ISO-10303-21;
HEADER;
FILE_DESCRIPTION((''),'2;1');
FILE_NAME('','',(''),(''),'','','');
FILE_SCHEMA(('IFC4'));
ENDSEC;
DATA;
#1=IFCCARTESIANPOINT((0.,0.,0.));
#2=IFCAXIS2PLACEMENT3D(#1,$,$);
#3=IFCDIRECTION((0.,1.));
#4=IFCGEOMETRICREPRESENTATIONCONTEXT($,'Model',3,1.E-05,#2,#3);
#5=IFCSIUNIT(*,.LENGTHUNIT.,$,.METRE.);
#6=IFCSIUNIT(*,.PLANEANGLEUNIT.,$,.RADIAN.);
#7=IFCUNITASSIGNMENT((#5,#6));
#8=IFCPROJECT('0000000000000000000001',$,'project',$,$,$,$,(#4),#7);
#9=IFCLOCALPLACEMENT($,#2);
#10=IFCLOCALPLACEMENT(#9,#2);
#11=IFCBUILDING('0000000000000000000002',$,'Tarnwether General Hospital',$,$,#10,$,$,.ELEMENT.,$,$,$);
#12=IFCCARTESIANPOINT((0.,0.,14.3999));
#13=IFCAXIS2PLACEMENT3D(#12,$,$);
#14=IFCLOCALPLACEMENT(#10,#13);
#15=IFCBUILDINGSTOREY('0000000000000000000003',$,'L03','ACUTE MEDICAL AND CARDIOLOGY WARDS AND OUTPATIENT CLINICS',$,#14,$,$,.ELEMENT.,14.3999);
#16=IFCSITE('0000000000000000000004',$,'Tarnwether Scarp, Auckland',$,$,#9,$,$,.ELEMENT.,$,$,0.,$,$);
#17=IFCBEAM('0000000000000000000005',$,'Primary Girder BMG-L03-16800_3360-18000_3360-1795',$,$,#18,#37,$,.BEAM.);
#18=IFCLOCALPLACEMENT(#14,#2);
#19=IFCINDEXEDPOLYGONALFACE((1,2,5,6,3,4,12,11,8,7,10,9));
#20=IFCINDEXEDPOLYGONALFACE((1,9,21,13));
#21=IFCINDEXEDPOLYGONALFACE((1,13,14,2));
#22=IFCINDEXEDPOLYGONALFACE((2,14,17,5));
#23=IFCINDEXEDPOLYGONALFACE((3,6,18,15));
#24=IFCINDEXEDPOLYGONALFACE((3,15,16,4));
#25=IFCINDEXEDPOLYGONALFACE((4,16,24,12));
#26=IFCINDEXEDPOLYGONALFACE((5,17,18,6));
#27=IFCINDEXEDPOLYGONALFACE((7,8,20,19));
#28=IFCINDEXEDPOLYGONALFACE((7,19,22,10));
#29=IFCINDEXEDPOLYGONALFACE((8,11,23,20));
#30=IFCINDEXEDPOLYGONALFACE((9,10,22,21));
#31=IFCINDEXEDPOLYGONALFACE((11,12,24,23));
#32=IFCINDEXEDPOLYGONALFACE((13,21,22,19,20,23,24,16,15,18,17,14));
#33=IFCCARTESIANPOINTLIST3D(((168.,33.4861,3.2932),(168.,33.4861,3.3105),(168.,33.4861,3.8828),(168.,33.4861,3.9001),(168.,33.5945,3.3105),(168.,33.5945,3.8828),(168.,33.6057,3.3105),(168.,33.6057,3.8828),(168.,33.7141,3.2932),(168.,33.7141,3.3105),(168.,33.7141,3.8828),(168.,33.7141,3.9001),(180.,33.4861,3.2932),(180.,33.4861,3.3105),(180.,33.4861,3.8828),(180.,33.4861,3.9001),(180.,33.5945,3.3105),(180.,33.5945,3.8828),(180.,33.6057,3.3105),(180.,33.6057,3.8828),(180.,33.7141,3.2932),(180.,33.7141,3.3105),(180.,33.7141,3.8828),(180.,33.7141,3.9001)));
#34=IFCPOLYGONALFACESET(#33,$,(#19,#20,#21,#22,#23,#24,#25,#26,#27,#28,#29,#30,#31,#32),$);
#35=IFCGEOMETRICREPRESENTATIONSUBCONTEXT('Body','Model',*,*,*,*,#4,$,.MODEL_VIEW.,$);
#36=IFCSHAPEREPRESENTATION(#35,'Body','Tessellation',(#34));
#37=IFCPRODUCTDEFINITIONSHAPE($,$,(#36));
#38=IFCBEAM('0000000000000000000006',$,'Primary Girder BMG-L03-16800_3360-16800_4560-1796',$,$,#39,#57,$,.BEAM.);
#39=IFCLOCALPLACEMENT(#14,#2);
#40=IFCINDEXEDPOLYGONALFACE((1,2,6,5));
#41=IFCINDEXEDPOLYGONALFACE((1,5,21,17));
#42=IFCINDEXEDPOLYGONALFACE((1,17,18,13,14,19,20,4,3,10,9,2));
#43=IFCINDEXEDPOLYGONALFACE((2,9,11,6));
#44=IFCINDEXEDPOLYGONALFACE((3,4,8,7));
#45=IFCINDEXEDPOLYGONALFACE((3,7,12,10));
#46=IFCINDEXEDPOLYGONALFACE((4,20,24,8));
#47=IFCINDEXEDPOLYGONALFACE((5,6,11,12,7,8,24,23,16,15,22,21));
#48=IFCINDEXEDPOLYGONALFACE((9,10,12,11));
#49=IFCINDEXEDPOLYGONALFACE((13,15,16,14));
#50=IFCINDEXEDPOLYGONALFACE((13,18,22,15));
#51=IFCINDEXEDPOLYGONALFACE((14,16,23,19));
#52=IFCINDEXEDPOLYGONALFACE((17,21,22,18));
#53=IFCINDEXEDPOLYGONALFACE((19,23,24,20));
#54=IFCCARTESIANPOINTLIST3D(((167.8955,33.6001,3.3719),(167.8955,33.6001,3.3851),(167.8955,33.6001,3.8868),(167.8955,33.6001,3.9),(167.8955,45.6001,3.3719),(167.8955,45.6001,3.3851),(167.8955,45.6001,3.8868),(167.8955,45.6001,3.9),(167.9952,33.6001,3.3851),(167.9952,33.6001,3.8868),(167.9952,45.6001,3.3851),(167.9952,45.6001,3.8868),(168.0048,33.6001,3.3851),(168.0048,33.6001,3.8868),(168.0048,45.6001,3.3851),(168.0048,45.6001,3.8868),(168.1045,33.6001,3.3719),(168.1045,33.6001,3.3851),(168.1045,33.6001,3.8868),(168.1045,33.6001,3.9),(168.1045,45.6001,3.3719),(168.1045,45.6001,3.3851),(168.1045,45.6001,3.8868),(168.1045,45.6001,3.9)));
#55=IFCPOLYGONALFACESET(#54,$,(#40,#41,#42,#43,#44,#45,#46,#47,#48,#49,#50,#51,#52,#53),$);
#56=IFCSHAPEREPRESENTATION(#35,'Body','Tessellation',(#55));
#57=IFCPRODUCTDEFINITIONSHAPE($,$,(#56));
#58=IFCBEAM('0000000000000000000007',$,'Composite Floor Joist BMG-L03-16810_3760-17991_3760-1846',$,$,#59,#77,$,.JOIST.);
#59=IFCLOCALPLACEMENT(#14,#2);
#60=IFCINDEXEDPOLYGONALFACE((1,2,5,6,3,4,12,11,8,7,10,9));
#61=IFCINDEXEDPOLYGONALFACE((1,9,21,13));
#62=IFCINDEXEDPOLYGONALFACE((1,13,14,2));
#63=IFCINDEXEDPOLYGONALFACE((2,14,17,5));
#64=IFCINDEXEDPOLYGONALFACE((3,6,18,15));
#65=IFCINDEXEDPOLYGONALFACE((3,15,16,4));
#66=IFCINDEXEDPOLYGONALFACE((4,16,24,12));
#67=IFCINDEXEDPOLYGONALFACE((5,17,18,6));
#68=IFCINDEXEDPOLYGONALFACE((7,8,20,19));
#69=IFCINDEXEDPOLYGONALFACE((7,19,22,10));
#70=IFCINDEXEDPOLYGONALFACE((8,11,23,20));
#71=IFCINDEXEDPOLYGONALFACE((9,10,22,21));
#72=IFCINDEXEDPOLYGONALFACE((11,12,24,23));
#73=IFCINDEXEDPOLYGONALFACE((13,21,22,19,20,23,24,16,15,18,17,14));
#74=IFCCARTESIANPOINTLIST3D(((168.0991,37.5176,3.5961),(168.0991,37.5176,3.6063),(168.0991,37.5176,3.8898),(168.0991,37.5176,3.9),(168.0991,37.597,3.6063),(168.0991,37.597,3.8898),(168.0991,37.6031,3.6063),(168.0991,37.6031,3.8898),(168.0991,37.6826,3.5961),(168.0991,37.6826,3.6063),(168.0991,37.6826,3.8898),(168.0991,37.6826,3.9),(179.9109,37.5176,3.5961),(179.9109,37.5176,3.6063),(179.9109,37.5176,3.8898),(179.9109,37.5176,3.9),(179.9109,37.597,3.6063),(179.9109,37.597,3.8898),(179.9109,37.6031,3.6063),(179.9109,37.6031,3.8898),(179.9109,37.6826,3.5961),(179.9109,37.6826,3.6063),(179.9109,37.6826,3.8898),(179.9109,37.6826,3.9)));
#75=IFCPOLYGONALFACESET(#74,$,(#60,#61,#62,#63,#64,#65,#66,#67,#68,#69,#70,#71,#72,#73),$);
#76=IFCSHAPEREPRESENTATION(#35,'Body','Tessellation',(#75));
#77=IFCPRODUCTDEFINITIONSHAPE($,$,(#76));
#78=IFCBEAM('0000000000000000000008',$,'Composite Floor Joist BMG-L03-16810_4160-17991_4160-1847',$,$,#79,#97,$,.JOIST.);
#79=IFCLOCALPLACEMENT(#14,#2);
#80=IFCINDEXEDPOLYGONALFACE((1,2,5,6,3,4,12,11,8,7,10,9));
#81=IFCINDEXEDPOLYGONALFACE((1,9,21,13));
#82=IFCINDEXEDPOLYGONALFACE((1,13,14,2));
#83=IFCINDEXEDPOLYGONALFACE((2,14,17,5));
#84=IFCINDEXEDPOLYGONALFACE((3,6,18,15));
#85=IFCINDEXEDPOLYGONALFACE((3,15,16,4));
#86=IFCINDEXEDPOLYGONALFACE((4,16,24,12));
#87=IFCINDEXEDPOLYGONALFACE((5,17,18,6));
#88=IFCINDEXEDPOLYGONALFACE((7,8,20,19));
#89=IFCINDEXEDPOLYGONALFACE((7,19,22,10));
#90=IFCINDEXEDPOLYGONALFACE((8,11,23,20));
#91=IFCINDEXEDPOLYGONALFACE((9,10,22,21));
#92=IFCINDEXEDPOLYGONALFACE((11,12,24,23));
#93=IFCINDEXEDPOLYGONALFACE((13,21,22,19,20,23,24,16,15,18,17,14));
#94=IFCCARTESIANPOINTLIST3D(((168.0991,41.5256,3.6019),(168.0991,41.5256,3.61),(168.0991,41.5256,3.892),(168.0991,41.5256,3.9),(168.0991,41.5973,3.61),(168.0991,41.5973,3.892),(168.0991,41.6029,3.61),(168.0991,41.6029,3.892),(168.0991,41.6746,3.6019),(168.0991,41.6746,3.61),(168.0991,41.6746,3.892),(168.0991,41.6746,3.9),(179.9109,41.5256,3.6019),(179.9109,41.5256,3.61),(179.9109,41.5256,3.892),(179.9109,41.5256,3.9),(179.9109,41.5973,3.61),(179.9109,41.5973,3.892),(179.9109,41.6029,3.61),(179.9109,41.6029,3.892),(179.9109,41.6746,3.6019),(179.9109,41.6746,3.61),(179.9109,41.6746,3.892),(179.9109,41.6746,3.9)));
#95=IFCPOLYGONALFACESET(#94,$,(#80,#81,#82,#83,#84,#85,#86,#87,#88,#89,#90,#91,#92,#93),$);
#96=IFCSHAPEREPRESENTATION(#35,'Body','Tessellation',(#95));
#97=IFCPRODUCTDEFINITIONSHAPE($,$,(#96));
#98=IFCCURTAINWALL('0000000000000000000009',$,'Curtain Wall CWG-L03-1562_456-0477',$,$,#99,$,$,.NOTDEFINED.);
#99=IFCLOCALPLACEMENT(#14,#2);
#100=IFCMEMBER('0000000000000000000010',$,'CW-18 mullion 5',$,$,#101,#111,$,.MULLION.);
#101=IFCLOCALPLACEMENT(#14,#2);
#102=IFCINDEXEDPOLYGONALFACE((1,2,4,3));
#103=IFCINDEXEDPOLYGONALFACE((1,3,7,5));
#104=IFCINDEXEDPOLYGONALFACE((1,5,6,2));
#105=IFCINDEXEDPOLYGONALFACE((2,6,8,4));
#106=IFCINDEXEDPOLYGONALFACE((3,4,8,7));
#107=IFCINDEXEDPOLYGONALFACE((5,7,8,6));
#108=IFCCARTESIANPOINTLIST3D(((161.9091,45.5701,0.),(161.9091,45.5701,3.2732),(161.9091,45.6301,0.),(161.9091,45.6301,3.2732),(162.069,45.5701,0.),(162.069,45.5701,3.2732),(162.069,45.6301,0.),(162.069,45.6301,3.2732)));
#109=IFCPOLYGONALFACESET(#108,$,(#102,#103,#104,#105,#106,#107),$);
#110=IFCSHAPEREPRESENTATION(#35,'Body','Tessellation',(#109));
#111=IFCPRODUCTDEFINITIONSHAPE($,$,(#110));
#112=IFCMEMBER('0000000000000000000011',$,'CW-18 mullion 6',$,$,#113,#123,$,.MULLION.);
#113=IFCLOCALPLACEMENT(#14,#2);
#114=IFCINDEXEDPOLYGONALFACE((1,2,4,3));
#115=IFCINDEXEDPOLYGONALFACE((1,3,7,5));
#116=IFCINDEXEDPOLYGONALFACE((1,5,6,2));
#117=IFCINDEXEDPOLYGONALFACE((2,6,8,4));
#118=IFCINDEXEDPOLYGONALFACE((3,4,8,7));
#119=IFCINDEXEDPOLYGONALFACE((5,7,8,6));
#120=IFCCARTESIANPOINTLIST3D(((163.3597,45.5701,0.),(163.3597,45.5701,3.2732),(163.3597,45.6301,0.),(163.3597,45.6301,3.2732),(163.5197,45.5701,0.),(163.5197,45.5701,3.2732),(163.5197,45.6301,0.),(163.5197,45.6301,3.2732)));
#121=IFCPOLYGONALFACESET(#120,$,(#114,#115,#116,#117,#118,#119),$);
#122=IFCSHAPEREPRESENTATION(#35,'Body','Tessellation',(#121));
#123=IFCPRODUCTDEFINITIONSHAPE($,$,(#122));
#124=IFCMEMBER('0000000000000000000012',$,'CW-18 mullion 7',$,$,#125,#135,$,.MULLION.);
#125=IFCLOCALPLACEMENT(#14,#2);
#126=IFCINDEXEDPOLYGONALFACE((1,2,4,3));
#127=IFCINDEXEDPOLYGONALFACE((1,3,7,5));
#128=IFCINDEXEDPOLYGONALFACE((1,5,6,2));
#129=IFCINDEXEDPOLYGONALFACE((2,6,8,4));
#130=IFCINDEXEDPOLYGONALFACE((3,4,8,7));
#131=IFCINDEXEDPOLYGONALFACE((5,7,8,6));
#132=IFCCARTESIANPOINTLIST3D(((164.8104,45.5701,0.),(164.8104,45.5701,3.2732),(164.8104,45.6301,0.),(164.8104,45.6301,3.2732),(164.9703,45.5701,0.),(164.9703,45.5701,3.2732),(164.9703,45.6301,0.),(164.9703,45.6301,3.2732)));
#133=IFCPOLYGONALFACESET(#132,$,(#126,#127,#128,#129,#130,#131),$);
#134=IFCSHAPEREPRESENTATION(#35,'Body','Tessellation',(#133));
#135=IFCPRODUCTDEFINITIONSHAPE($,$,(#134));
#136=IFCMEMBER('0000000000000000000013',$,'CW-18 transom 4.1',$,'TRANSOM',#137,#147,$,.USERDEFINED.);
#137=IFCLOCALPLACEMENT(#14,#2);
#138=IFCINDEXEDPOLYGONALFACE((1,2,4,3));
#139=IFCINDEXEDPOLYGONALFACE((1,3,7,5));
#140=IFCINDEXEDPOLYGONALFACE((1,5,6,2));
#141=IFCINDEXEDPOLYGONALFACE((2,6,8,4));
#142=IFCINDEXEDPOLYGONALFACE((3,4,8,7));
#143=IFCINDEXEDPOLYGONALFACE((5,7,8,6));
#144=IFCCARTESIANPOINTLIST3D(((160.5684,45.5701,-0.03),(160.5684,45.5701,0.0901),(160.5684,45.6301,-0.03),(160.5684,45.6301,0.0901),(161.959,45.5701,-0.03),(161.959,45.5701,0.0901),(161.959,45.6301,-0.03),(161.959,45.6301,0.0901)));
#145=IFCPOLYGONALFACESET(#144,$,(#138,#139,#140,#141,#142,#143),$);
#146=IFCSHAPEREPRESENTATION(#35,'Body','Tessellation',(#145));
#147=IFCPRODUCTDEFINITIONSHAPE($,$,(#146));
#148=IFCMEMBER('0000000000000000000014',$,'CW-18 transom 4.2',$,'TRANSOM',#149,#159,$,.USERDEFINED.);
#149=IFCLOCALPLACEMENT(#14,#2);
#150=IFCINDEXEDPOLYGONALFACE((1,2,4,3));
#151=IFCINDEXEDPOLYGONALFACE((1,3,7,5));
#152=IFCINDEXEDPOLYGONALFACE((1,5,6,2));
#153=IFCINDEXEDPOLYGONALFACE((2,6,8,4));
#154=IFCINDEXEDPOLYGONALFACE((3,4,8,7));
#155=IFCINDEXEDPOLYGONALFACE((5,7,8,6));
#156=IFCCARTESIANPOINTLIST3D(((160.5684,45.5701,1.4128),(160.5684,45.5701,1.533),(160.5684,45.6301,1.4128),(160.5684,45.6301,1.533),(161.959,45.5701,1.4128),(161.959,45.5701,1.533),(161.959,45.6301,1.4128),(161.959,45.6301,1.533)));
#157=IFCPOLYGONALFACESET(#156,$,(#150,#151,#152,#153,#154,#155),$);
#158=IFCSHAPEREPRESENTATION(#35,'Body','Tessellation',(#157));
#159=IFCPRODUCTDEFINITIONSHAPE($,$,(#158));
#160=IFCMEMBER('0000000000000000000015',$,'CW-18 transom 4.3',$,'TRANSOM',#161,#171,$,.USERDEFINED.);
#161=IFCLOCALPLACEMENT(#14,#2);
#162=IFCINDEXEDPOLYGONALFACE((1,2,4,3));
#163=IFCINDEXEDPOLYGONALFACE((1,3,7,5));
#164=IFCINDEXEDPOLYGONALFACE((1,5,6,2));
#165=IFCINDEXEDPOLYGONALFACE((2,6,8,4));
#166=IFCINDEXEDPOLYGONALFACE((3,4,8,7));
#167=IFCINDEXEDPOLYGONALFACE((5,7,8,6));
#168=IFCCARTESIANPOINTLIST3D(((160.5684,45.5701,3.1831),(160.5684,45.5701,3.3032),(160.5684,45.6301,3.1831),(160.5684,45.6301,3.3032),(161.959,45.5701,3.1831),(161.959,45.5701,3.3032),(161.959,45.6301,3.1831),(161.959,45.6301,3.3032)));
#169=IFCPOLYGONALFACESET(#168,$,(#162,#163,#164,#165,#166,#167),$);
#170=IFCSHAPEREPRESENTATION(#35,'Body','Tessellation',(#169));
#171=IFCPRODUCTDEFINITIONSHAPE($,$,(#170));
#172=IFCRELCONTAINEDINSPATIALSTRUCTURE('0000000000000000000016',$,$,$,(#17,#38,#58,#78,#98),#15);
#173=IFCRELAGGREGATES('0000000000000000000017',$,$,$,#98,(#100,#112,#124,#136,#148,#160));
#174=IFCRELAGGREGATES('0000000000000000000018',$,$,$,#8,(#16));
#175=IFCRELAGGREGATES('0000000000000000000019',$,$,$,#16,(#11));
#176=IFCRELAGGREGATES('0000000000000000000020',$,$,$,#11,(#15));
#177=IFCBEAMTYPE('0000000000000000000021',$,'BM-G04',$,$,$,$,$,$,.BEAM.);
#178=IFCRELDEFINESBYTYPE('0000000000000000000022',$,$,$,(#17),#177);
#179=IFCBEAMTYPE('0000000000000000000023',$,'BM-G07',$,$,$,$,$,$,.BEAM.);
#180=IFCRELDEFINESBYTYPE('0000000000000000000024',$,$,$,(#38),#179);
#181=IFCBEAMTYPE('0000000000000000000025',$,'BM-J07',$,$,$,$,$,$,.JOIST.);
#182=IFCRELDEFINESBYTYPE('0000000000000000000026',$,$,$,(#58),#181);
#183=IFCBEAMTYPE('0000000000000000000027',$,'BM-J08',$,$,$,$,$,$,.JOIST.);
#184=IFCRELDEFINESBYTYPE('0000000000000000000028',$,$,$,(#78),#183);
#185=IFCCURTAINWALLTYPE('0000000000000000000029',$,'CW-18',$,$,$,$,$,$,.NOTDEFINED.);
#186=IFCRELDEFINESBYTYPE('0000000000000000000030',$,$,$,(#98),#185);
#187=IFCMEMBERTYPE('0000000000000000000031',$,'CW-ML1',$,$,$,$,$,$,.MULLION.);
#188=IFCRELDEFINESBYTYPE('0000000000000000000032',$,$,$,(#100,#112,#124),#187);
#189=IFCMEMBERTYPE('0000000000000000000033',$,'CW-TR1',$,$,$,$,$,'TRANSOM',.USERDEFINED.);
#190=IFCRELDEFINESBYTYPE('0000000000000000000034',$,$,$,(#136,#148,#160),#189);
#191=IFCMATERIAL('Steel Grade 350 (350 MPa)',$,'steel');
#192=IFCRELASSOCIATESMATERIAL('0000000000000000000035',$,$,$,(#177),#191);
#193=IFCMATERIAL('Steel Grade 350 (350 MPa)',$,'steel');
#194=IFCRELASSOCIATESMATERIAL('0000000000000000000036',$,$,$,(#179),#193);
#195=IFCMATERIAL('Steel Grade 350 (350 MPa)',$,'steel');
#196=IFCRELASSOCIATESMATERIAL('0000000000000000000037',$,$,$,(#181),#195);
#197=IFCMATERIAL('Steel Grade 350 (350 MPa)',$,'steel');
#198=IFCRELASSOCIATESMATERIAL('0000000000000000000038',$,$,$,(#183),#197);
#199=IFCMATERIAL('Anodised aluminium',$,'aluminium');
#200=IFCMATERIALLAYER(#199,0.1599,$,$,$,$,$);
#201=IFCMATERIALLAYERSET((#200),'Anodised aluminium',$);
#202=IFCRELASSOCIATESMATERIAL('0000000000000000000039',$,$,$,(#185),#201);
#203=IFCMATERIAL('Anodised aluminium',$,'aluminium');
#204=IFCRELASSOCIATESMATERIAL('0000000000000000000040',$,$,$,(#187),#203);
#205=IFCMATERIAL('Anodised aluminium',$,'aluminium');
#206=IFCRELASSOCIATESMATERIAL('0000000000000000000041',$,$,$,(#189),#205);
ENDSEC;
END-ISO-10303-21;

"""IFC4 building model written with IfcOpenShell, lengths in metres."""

from ifc_helpers import new_model, si_unit, direction, frame, origin, origin_2d, place, context, subcontext, project, spatial, rectangle, i_section, extrude, material, layer, layer_set, material_profile, profile_set, type_object, element, aggregate, save


model = new_model("IFC4")

# Units and contexts
model_context = context("Model", 3, precision=1e-05, world=origin(), true_north=direction((0.0, 1.0)))
body_context = subcontext(model_context, "Body", "Model", "MODEL_VIEW")
ifc_project = project(units=[si_unit("LENGTHUNIT", "METRE"), si_unit("PLANEANGLEUNIT", "RADIAN")], contexts=[model_context])

# Site, building, storey
site_placement = place(None, origin())
site = spatial("IfcSite", under=ifc_project, at=site_placement, Name="Tarnwether Scarp, Auckland", CompositionType="ELEMENT", RefElevation=0.0)
building_placement = place(site_placement, origin())
building = spatial("IfcBuilding", under=site, at=building_placement, Name="Tarnwether General Hospital", CompositionType="ELEMENT")
storey_placement = place(building_placement, frame((0.0, 0.0, 14.3999)))
storey = spatial("IfcBuildingStorey", under=building, at=storey_placement, Name="L03", Description="ACUTE MEDICAL AND CARDIOLOGY WARDS AND OUTPATIENT CLINICS", CompositionType="ELEMENT", Elevation=14.3999)

# Beams
ifc_material_1 = material(Name="Steel Grade 350 (350 MPa)", Category="steel")
ifc_material_profile_1 = material_profile(ifc_material_1, i_section(OverallWidth=0.228, OverallDepth=0.6069, WebThickness=0.0112, FlangeThickness=0.0173, at=origin_2d()), Name="610UB113")
ifc_profile_set_1 = profile_set([ifc_material_profile_1], Name="Steel Grade 350 (350 MPa)")
beam_type_1 = type_object("IfcBeamType", Name="BM-G04", PredefinedType="BEAM", material=ifc_profile_set_1)
beam_1_placement = place(storey_placement, frame((168.0, 33.6001, 3.5967), z_axis=(1.0, 0.0, 0.0), x_axis=(0.0, 1.0, 0.0)))
element("IfcBeam", 1, at=beam_1_placement, inside=storey, type_object=beam_type_1, Name="Primary Girder BMG-L03-16800_3360-18000_3360-1795", PredefinedType="BEAM", context=body_context, shape_type="SweptSolid", body=[
    extrude(i_section(OverallWidth=0.228, OverallDepth=0.6069, WebThickness=0.0112, FlangeThickness=0.0173, at=origin_2d()), origin(), (0.0, 0.0, 1.0), 12.0),
])
ifc_material_2 = material(Name="Steel Grade 350 (350 MPa)", Category="steel")
ifc_material_profile_2 = material_profile(ifc_material_2, i_section(OverallWidth=0.209, OverallDepth=0.5281, WebThickness=0.0095, FlangeThickness=0.0132, at=origin_2d()), Name="530UB82.0")
ifc_profile_set_2 = profile_set([ifc_material_profile_2], Name="Steel Grade 350 (350 MPa)")
beam_type_2 = type_object("IfcBeamType", Name="BM-G07", PredefinedType="BEAM", material=ifc_profile_set_2)
beam_2_placement = place(storey_placement, frame((168.0, 33.6001, 3.636), z_axis=(0.0, 1.0, 0.0), x_axis=(-1.0, 0.0, 0.0)))
element("IfcBeam", 2, at=beam_2_placement, inside=storey, type_object=beam_type_2, Name="Primary Girder BMG-L03-16800_3360-16800_4560-1796", PredefinedType="BEAM", context=body_context, shape_type="SweptSolid", body=[
    extrude(i_section(OverallWidth=0.209, OverallDepth=0.5281, WebThickness=0.0095, FlangeThickness=0.0132, at=origin_2d()), origin(), (0.0, 0.0, 1.0), 12.0),
])
ifc_material_3 = material(Name="Steel Grade 350 (350 MPa)", Category="steel")
ifc_material_profile_3 = material_profile(ifc_material_3, i_section(OverallWidth=0.165, OverallDepth=0.304, WebThickness=0.0061, FlangeThickness=0.0103, at=origin_2d()), Name="310UB40.4")
ifc_profile_set_3 = profile_set([ifc_material_profile_3], Name="Steel Grade 350 (350 MPa)")
beam_type_3 = type_object("IfcBeamType", Name="BM-J07", PredefinedType="JOIST", material=ifc_profile_set_3)
beam_3_placement = place(storey_placement, frame((168.0991, 37.6001, 3.748), z_axis=(1.0, 0.0, 0.0), x_axis=(0.0, 1.0, 0.0)))
element("IfcBeam", 3, at=beam_3_placement, inside=storey, type_object=beam_type_3, Name="Composite Floor Joist BMG-L03-16810_3760-17991_3760-1846", PredefinedType="JOIST", context=body_context, shape_type="SweptSolid", body=[
    extrude(i_section(OverallWidth=0.165, OverallDepth=0.304, WebThickness=0.0061, FlangeThickness=0.0103, at=origin_2d()), origin(), (0.0, 0.0, 1.0), 11.8118),
])
ifc_material_4 = material(Name="Steel Grade 350 (350 MPa)", Category="steel")
ifc_material_profile_4 = material_profile(ifc_material_4, i_section(OverallWidth=0.1489, OverallDepth=0.2981, WebThickness=0.0056, FlangeThickness=0.0081, at=origin_2d()), Name="310UB32.0")
ifc_profile_set_4 = profile_set([ifc_material_profile_4], Name="Steel Grade 350 (350 MPa)")
beam_type_4 = type_object("IfcBeamType", Name="BM-J08", PredefinedType="JOIST", material=ifc_profile_set_4)
beam_4_placement = place(storey_placement, frame((168.0991, 41.6001, 3.751), z_axis=(1.0, 0.0, 0.0), x_axis=(0.0, 1.0, 0.0)))
element("IfcBeam", 4, at=beam_4_placement, inside=storey, type_object=beam_type_4, Name="Composite Floor Joist BMG-L03-16810_4160-17991_4160-1847", PredefinedType="JOIST", context=body_context, shape_type="SweptSolid", body=[
    extrude(i_section(OverallWidth=0.1489, OverallDepth=0.2981, WebThickness=0.0056, FlangeThickness=0.0081, at=origin_2d()), origin(), (0.0, 0.0, 1.0), 11.8118),
])

# Curtain wall, members
ifc_material_5 = material(Name="Anodised aluminium", Category="aluminium")
ifc_layer_1 = layer(ifc_material_5, 0.1599)
ifc_layer_set_1 = layer_set([ifc_layer_1], Name="Anodised aluminium")
curtain_wall_type = type_object("IfcCurtainWallType", Name="CW-18", PredefinedType="NOTDEFINED", material=ifc_layer_set_1)
curtain_wall_placement = place(storey_placement, origin())
curtain_wall = element("IfcCurtainWall", 5, at=curtain_wall_placement, inside=storey, type_object=curtain_wall_type, Name="Curtain Wall CWG-L03-1562_456-0477", PredefinedType="NOTDEFINED")
ifc_material_6 = material(Name="Anodised aluminium", Category="aluminium")
ifc_material_profile_5 = material_profile(ifc_material_6, rectangle(XDim=0.0601, YDim=0.1599, at=origin_2d()), Name="ALU-MUL-60x160")
ifc_profile_set_5 = profile_set([ifc_material_profile_5], Name="Anodised aluminium")
member_type_1 = type_object("IfcMemberType", Name="CW-ML1", PredefinedType="MULLION", material=ifc_profile_set_5)
member_1_placement = place(storey_placement, frame((161.989, 45.6001, 0.0), z_axis=(0.0, 0.0, 1.0), x_axis=(0.0, 1.0, 0.0)))
member_1 = element("IfcMember", 6, at=member_1_placement, type_object=member_type_1, Name="CW-18 mullion 5", PredefinedType="MULLION", context=body_context, shape_type="SweptSolid", body=[
    extrude(rectangle(XDim=0.0601, YDim=0.1599, at=origin_2d()), origin(), (0.0, 0.0, 1.0), 3.2732),
])
member_2_placement = place(storey_placement, frame((163.4397, 45.6001, 0.0), z_axis=(0.0, 0.0, 1.0), x_axis=(0.0, 1.0, 0.0)))
member_2 = element("IfcMember", 7, at=member_2_placement, type_object=member_type_1, Name="CW-18 mullion 6", PredefinedType="MULLION", context=body_context, shape_type="SweptSolid", body=[
    extrude(rectangle(XDim=0.0601, YDim=0.1599, at=origin_2d()), origin(), (0.0, 0.0, 1.0), 3.2732),
])
member_3_placement = place(storey_placement, frame((164.8904, 45.6001, 0.0), z_axis=(0.0, 0.0, 1.0), x_axis=(0.0, 1.0, 0.0)))
member_3 = element("IfcMember", 8, at=member_3_placement, type_object=member_type_1, Name="CW-18 mullion 7", PredefinedType="MULLION", context=body_context, shape_type="SweptSolid", body=[
    extrude(rectangle(XDim=0.0601, YDim=0.1599, at=origin_2d()), origin(), (0.0, 0.0, 1.0), 3.2732),
])
ifc_material_7 = material(Name="Anodised aluminium", Category="aluminium")
ifc_material_profile_6 = material_profile(ifc_material_7, rectangle(XDim=0.0601, YDim=0.1201, at=origin_2d()), Name="ALU-TRN-60x120")
ifc_profile_set_6 = profile_set([ifc_material_profile_6], Name="Anodised aluminium")
member_type_2 = type_object("IfcMemberType", Name="CW-TR1", ElementType="TRANSOM", PredefinedType="USERDEFINED", material=ifc_profile_set_6)
member_4_placement = place(storey_placement, frame((160.5684, 45.6001, 0.03), z_axis=(1.0, 0.0, 0.0), x_axis=(0.0, 1.0, 0.0)))
member_4 = element("IfcMember", 9, at=member_4_placement, type_object=member_type_2, Name="CW-18 transom 4.1", ObjectType="TRANSOM", PredefinedType="USERDEFINED", context=body_context, shape_type="SweptSolid", body=[
    extrude(rectangle(XDim=0.0601, YDim=0.1201, at=origin_2d()), origin(), (0.0, 0.0, 1.0), 1.3906),
])
member_5_placement = place(storey_placement, frame((160.5684, 45.6001, 1.4729), z_axis=(1.0, 0.0, 0.0), x_axis=(0.0, 1.0, 0.0)))
member_5 = element("IfcMember", 10, at=member_5_placement, type_object=member_type_2, Name="CW-18 transom 4.2", ObjectType="TRANSOM", PredefinedType="USERDEFINED", context=body_context, shape_type="SweptSolid", body=[
    extrude(rectangle(XDim=0.0601, YDim=0.1201, at=origin_2d()), origin(), (0.0, 0.0, 1.0), 1.3906),
])
member_6_placement = place(storey_placement, frame((160.5684, 45.6001, 3.2432), z_axis=(1.0, 0.0, 0.0), x_axis=(0.0, 1.0, 0.0)))
member_6 = element("IfcMember", 11, at=member_6_placement, type_object=member_type_2, Name="CW-18 transom 4.3", ObjectType="TRANSOM", PredefinedType="USERDEFINED", context=body_context, shape_type="SweptSolid", body=[
    extrude(rectangle(XDim=0.0601, YDim=0.1201, at=origin_2d()), origin(), (0.0, 0.0, 1.0), 1.3906),
])
aggregate(curtain_wall, [member_1, member_2, member_3, member_4, member_5, member_6])

save(model, "model.ifc")
